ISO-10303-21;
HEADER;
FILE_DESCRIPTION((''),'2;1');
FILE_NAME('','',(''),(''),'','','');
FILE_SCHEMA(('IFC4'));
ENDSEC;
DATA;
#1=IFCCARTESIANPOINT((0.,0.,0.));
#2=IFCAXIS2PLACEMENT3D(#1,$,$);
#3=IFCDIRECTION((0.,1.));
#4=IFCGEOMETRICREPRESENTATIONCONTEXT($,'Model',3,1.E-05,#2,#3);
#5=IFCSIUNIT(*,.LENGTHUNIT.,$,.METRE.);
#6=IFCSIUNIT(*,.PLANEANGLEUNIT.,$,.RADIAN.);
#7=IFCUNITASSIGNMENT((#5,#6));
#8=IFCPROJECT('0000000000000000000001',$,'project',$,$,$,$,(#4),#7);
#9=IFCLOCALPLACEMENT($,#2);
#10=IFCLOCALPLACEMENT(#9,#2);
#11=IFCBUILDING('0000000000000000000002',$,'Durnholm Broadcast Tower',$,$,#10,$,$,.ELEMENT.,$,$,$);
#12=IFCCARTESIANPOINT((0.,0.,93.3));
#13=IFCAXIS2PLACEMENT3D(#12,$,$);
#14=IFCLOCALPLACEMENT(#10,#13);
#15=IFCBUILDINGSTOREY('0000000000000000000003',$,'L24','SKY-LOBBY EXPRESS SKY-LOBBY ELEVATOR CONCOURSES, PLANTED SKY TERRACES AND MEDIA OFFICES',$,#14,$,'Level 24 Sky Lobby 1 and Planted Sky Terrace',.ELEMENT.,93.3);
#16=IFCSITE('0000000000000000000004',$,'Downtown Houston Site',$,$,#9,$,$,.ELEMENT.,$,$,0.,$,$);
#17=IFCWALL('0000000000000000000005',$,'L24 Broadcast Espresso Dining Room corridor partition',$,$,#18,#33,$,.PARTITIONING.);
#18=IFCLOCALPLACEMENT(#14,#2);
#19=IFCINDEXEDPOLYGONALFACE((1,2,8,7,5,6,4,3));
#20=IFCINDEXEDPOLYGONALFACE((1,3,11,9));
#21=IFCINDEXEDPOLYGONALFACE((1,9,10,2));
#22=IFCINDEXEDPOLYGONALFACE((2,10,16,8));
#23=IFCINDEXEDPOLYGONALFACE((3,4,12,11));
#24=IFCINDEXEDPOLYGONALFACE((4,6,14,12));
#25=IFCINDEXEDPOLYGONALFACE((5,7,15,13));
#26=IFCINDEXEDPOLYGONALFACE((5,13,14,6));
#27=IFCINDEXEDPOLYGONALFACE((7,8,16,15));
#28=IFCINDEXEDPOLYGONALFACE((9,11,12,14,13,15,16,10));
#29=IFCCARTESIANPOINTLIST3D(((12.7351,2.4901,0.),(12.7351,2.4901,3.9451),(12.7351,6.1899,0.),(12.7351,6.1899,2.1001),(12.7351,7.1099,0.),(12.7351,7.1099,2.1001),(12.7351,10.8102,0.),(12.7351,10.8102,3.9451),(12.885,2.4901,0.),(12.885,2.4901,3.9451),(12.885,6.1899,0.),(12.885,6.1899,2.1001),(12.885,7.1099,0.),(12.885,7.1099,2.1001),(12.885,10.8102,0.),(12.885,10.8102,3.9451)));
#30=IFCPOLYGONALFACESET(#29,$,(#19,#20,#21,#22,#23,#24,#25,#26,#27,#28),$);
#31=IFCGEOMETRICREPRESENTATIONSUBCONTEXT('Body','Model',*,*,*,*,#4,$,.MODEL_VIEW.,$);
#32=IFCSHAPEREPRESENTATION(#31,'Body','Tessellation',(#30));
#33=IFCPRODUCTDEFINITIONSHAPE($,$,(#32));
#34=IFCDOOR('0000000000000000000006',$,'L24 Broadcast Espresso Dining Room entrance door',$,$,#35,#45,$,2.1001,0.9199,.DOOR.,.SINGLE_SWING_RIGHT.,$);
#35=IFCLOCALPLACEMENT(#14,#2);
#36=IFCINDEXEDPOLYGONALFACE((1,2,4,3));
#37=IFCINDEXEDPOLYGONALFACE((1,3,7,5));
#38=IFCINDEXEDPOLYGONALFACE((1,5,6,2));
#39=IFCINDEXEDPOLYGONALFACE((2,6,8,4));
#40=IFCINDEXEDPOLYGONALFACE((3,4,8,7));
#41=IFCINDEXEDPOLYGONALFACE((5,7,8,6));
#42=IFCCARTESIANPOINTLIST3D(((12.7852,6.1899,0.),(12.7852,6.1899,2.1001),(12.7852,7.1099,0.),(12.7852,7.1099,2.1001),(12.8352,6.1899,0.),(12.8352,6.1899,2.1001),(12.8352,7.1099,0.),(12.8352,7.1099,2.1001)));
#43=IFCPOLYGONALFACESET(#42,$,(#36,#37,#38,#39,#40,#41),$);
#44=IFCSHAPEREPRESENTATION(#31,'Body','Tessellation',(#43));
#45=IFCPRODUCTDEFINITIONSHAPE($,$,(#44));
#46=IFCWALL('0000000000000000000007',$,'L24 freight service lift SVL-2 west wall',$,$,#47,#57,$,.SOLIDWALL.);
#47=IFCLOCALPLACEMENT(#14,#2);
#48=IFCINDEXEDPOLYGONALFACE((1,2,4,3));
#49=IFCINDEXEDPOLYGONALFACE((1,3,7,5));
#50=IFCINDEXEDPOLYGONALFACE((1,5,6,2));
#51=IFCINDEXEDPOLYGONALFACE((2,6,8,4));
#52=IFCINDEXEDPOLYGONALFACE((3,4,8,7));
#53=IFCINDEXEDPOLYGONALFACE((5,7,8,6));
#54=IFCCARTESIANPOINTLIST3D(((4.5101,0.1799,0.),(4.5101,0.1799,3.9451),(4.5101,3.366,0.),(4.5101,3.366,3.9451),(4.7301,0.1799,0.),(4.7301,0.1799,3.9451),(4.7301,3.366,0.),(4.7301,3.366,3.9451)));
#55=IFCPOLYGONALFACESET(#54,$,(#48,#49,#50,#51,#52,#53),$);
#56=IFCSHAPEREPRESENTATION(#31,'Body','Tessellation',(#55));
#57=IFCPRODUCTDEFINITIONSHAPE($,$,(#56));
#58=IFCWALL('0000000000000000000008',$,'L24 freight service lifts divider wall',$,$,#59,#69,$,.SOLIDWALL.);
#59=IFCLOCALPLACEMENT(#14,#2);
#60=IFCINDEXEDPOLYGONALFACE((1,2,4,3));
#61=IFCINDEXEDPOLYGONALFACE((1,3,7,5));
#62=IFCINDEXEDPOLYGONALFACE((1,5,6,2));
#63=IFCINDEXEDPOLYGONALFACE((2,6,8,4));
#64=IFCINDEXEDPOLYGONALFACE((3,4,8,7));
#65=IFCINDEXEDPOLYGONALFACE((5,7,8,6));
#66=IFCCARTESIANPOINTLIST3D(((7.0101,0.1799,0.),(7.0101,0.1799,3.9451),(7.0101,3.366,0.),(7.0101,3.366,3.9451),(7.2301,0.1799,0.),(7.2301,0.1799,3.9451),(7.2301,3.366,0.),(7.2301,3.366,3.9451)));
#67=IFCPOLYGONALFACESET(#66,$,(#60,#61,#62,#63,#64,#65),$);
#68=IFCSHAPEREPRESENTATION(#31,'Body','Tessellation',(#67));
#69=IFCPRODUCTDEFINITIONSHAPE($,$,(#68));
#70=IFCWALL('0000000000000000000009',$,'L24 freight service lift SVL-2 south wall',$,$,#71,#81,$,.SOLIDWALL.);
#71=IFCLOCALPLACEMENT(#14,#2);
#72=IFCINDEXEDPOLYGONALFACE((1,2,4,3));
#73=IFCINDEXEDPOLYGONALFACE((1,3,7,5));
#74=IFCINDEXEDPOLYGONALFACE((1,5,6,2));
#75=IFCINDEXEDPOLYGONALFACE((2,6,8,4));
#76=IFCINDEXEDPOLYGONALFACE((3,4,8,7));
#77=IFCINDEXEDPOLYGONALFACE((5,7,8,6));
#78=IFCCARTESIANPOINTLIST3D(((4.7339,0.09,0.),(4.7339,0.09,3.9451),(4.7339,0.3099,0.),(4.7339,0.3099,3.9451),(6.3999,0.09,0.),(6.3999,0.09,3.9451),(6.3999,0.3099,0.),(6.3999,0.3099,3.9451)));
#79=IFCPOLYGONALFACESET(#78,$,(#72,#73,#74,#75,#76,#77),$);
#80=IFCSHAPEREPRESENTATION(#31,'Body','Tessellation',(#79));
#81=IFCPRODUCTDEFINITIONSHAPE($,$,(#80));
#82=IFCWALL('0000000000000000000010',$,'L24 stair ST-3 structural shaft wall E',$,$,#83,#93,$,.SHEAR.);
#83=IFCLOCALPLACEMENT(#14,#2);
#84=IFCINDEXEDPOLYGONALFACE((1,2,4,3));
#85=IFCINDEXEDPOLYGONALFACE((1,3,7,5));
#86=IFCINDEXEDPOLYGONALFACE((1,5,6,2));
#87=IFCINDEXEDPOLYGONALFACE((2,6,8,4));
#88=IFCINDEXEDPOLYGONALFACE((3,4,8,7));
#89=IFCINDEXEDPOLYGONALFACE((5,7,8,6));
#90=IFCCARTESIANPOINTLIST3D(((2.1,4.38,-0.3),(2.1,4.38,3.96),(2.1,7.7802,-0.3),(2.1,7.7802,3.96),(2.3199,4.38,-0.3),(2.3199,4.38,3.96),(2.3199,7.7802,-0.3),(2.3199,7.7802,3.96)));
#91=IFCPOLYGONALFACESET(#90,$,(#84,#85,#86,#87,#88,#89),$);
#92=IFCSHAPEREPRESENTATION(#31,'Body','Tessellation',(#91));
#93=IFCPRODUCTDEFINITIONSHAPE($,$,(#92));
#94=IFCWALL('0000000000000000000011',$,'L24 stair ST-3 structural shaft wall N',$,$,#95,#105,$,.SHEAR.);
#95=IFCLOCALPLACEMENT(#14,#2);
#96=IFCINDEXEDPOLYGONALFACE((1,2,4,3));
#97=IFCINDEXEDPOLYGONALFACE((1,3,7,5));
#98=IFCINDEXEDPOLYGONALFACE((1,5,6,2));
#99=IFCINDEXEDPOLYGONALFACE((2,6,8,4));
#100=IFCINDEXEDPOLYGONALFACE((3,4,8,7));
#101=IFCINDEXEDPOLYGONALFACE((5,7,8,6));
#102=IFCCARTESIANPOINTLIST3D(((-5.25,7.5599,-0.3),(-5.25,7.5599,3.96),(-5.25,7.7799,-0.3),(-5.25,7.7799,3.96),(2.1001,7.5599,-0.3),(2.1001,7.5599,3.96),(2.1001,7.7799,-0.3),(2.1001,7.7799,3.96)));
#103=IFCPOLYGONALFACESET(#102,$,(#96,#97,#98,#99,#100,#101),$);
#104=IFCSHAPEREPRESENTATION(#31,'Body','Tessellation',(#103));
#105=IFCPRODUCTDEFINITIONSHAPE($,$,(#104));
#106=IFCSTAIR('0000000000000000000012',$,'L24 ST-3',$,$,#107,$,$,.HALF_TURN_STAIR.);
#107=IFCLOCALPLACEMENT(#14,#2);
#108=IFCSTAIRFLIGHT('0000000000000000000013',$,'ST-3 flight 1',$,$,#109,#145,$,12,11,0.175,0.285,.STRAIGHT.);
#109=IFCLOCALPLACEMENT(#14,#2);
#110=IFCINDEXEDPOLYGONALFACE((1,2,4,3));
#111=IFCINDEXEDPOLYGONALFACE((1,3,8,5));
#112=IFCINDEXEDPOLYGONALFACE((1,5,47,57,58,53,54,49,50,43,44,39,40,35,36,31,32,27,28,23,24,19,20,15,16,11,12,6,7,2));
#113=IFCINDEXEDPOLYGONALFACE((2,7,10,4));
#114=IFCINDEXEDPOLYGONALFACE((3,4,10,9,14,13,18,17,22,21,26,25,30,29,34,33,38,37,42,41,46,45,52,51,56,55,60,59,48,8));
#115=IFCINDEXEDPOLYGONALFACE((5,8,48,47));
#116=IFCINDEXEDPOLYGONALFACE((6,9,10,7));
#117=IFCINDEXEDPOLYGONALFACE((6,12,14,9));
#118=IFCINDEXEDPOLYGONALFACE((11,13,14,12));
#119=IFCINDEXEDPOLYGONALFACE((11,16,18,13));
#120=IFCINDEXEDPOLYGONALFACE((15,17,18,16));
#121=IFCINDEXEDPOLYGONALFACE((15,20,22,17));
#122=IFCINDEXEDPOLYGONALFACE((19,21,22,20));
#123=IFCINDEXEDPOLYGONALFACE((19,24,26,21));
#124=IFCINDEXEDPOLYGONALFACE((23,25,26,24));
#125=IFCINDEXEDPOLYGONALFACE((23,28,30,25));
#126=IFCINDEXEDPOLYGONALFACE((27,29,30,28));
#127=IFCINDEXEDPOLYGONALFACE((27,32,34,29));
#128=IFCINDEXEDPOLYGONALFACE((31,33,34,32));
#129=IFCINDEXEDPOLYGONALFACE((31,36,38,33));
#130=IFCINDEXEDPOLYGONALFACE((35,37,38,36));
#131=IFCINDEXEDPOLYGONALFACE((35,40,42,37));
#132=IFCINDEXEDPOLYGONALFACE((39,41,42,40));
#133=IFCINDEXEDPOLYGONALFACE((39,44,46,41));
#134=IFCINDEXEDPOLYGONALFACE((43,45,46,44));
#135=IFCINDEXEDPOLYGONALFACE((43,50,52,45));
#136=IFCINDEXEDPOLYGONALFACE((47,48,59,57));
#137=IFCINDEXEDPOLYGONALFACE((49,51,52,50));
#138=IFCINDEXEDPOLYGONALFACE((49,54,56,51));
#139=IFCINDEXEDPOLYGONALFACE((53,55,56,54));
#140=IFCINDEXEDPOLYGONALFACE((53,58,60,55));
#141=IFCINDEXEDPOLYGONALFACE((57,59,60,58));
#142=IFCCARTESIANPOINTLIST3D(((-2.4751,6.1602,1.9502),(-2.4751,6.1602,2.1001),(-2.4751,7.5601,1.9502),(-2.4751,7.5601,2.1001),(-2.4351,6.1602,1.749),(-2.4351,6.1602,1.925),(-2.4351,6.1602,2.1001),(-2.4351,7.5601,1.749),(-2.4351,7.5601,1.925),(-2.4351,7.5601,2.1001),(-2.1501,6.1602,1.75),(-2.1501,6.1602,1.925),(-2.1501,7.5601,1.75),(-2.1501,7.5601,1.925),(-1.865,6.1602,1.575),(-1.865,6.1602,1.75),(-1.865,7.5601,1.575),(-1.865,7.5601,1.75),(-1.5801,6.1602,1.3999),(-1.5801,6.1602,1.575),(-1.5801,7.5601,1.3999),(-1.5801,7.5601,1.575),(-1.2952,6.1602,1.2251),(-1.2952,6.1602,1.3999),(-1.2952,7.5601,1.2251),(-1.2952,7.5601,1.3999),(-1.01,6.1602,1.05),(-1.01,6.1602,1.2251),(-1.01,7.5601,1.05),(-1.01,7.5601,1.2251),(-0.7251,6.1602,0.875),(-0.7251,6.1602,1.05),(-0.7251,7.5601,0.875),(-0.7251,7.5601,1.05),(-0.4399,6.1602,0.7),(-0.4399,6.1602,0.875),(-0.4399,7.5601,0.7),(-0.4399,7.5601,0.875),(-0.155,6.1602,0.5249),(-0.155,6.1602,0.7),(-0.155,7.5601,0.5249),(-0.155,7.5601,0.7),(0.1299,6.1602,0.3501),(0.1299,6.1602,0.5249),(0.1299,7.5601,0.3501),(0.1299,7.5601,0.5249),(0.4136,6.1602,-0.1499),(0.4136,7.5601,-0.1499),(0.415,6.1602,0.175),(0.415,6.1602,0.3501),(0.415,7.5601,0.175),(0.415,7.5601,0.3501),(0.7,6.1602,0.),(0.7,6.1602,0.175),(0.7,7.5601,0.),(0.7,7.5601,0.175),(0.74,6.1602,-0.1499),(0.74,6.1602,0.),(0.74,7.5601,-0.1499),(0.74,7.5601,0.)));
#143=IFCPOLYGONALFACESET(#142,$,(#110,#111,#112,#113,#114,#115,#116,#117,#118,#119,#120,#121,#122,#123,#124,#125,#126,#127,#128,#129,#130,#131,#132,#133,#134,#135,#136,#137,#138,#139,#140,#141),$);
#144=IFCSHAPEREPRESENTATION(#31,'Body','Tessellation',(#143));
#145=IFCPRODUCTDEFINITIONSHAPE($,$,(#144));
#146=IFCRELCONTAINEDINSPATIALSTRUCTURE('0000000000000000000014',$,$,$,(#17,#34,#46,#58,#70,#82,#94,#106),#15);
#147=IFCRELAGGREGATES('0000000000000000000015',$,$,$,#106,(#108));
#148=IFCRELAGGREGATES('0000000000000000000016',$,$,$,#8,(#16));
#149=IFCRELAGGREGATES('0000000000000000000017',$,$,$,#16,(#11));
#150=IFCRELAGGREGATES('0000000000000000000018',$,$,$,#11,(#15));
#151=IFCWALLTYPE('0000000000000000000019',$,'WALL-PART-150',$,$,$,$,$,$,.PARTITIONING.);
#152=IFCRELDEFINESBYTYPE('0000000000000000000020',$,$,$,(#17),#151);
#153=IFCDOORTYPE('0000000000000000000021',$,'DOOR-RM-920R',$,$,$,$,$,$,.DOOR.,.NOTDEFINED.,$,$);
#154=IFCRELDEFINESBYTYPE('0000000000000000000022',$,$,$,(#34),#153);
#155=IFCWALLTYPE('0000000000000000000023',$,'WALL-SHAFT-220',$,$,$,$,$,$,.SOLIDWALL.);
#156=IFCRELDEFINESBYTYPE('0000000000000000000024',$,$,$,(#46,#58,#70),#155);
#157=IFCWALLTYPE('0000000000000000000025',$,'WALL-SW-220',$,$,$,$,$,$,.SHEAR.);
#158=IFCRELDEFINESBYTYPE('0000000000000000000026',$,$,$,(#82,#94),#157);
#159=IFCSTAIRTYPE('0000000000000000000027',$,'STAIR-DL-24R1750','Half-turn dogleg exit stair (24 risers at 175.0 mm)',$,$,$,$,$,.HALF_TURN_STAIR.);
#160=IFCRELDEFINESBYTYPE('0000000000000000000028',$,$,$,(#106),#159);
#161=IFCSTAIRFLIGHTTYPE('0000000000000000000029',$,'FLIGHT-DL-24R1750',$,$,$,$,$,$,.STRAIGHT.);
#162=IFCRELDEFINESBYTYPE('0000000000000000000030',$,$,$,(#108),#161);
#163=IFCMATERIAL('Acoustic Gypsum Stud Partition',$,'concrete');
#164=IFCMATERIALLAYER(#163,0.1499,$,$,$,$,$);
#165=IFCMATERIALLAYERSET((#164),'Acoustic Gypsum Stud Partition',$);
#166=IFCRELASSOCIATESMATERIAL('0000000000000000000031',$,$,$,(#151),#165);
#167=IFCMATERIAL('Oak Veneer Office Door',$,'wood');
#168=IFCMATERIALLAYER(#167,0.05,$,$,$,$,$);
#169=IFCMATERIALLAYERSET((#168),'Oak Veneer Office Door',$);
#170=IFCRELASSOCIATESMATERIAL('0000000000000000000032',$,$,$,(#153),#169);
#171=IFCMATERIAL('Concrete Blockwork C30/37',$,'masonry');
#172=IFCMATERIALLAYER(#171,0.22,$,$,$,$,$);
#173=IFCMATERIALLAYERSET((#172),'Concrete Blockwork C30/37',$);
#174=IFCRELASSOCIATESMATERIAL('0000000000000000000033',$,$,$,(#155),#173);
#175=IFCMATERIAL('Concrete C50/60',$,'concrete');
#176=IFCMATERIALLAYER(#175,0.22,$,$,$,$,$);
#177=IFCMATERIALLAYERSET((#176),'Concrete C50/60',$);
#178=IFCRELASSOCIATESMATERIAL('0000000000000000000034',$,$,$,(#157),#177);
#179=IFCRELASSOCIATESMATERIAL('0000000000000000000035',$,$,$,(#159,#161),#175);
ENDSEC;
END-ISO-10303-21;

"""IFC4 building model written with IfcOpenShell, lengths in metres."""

from ifc_helpers import new_model, si_unit, direction, frame, frame_2d, origin, place, context, subcontext, project, spatial, polyline, rectangle, outline, extrude, source, transform, mapped, material, layer, layer_set, type_object, type_shapes, element, fill, aggregate, save


model = new_model("IFC4")

# Units and contexts
model_context = context("Model", 3, precision=1e-05, world=origin(), true_north=direction((0.0, 1.0)))
body_context = subcontext(model_context, "Body", "Model", "MODEL_VIEW")
ifc_project = project(units=[si_unit("LENGTHUNIT", "METRE"), si_unit("PLANEANGLEUNIT", "RADIAN")], contexts=[model_context])

# Site, building, storey
site_placement = place(None, origin())
site = spatial("IfcSite", under=ifc_project, at=site_placement, Name="Downtown Houston Site", CompositionType="ELEMENT", RefElevation=0.0)
building_placement = place(site_placement, origin())
building = spatial("IfcBuilding", under=site, at=building_placement, Name="Durnholm Broadcast Tower", CompositionType="ELEMENT")
storey_placement = place(building_placement, frame((0.0, 0.0, 93.3)))
storey = spatial("IfcBuildingStorey", under=building, at=storey_placement, Name="L24", Description="SKY-LOBBY EXPRESS SKY-LOBBY ELEVATOR CONCOURSES, PLANTED SKY TERRACES AND MEDIA OFFICES", LongName="Level 24 Sky Lobby 1 and Planted Sky Terrace", CompositionType="ELEMENT", Elevation=93.3)

# Wall, opening, door
ifc_material_1 = material(Name="Acoustic Gypsum Stud Partition", Category="concrete")
ifc_layer_1 = layer(ifc_material_1, 0.1499)
ifc_layer_set_1 = layer_set([ifc_layer_1], Name="Acoustic Gypsum Stud Partition")
wall_type_1 = type_object("IfcWallType", Name="WALL-PART-150", PredefinedType="PARTITIONING", material=ifc_layer_set_1)
wall_1_placement = place(storey_placement, frame((12.8101, 2.49, 0.0), z_axis=(0.0, 0.0, 1.0), x_axis=(0.0, 1.0, 0.0)))
wall_1 = element("IfcWall", 1, at=wall_1_placement, inside=storey, type_object=wall_type_1, Name="L24 Broadcast Espresso Dining Room corridor partition", PredefinedType="PARTITIONING", context=body_context, shape_type="SweptSolid", body=[
    extrude(rectangle(XDim=8.3201, YDim=0.1499, at=frame_2d((4.1602, 0.0))), origin(), (0.0, 0.0, 1.0), 3.9451),
])
opening_1_placement = place(wall_1_placement, frame((3.7, 0.0, 0.0)))
opening_1 = element("IfcOpeningElement", 2, at=opening_1_placement, cuts=wall_1, PredefinedType="OPENING", context=body_context, shape_type="SweptSolid", body=[
    extrude(rectangle(XDim=0.9199, YDim=2.1001, at=frame_2d((0.46, 1.05))), frame((0.0, 0.085, 0.0), z_axis=(0.0, -1.0, 0.0), x_axis=(1.0, 0.0, 0.0)), (0.0, 0.0, 1.0), 0.1699),
])
ifc_material_2 = material(Name="Oak Veneer Office Door", Category="wood")
ifc_layer_2 = layer(ifc_material_2, 0.05)
ifc_layer_set_2 = layer_set([ifc_layer_2], Name="Oak Veneer Office Door")
door_type_1 = type_object("IfcDoorType", Name="DOOR-RM-920R", OperationType="NOTDEFINED", PredefinedType="DOOR", material=ifc_layer_set_2)
shared_shape_1 = source(origin(), body_context, "Body", "SweptSolid", [
    extrude(rectangle(XDim=0.9199, YDim=2.1001, at=frame_2d((0.46, 1.05))), frame((0.0, 0.0249, 0.0), z_axis=(0.0, -1.0, 0.0), x_axis=(1.0, 0.0, 0.0)), (0.0, 0.0, 1.0), 0.05),
])
type_shapes(door_type_1, [shared_shape_1])
door_1_placement = place(opening_1_placement, origin())
door_1 = element("IfcDoor", 3, at=door_1_placement, inside=storey, type_object=door_type_1, Name="L24 Broadcast Espresso Dining Room entrance door", OperationType="SINGLE_SWING_RIGHT", OverallHeight=2.1001, OverallWidth=0.9199, PredefinedType="DOOR", context=body_context, shape_type="MappedRepresentation", body=[
    mapped(shared_shape_1, transform((0.0, 0.0, 0.0), x_axis=(1.0, 0.0, 0.0), y_axis=(0.0, 1.0, 0.0), z_axis=(0.0, 0.0, 1.0), scale=1.0)),
])
fill(opening_1, door_1)

# Shared definitions
ifc_material_3 = material(Name="Concrete Blockwork C30/37", Category="masonry")
ifc_layer_3 = layer(ifc_material_3, 0.22)
ifc_layer_set_3 = layer_set([ifc_layer_3], Name="Concrete Blockwork C30/37")
wall_type_2 = type_object("IfcWallType", Name="WALL-SHAFT-220", PredefinedType="SOLIDWALL", material=ifc_layer_set_3)

# Walls
for number, where, z_axis, x_axis, name in (
    (4, (4.6201, 0.1799, 0.0), (0.0, 0.0, 1.0), (0.0, 1.0, 0.0), "L24 freight service lift SVL-2 west wall"),
    (5, (7.1201, 0.1799, 0.0), (0.0, 0.0, 1.0), (0.0, 1.0, 0.0), "L24 freight service lifts divider wall"),
):
    element("IfcWall", number, at=place(storey_placement, frame(where, z_axis=z_axis, x_axis=x_axis)), inside=storey, type_object=wall_type_2, Name=name, PredefinedType="SOLIDWALL", context=body_context, shape_type="SweptSolid", body=[
        extrude(rectangle(XDim=3.186, YDim=0.22, at=frame_2d((1.593, 0.0))), origin(), (0.0, 0.0, 1.0), 3.9451),
    ])
wall_2_placement = place(storey_placement, frame((4.7339, 0.2, 0.0), z_axis=(0.0, 0.0, 1.0), x_axis=(1.0, 0.0, 0.0)))
element("IfcWall", 6, at=wall_2_placement, inside=storey, type_object=wall_type_2, Name="L24 freight service lift SVL-2 south wall", PredefinedType="SOLIDWALL", context=body_context, shape_type="SweptSolid", body=[
    extrude(rectangle(XDim=1.666, YDim=0.22, at=frame_2d((0.833, 0.0))), origin(), (0.0, 0.0, 1.0), 3.9451),
])

# Walls
ifc_material_4 = material(Name="Concrete C50/60", Category="concrete")
ifc_layer_4 = layer(ifc_material_4, 0.22)
ifc_layer_set_4 = layer_set([ifc_layer_4], Name="Concrete C50/60")
wall_type_3 = type_object("IfcWallType", Name="WALL-SW-220", PredefinedType="SHEAR", material=ifc_layer_set_4)
wall_3_placement = place(storey_placement, frame((2.21, 4.3799, -0.3), z_axis=(0.0, 0.0, 1.0), x_axis=(0.0, 1.0, 0.0)))
element("IfcWall", 7, at=wall_3_placement, inside=storey, type_object=wall_type_3, Name="L24 stair ST-3 structural shaft wall E", PredefinedType="SHEAR", context=body_context, shape_type="SweptSolid", body=[
    extrude(rectangle(XDim=3.4001, YDim=0.22, at=frame_2d((1.7002, 0.0))), origin(), (0.0, 0.0, 1.0), 4.26),
])
wall_4_placement = place(storey_placement, frame((2.1001, 7.6699, -0.3), z_axis=(0.0, 0.0, 1.0), x_axis=(-1.0, 0.0, 0.0)))
element("IfcWall", 8, at=wall_4_placement, inside=storey, type_object=wall_type_3, Name="L24 stair ST-3 structural shaft wall N", PredefinedType="SHEAR", context=body_context, shape_type="SweptSolid", body=[
    extrude(rectangle(XDim=7.3501, YDim=0.22, at=frame_2d((3.675, 0.0))), origin(), (0.0, 0.0, 1.0), 4.26),
])

# Stair, stair flight
stair_type = type_object("IfcStairType", Name="STAIR-DL-24R1750", Description="Half-turn dogleg exit stair (24 risers at 175.0 mm)", PredefinedType="HALF_TURN_STAIR", material=ifc_material_4)
stair_placement = place(storey_placement, origin())
stair = element("IfcStair", 9, at=stair_placement, inside=storey, type_object=stair_type, Name="L24 ST-3", PredefinedType="HALF_TURN_STAIR")
stair_flight_type = type_object("IfcStairFlightType", Name="FLIGHT-DL-24R1750", PredefinedType="STRAIGHT", material=ifc_material_4)
stair_flight_placement = place(storey_placement, frame((0.7, 6.8601, 0.0), z_axis=(0.0, 0.0, 1.0), x_axis=(-1.0, 0.0, 0.0)))
stair_flight = element("IfcStairFlight", 10, at=stair_flight_placement, type_object=stair_flight_type, Name="ST-3 flight 1", NumberOfRisers=12, NumberOfTreads=11, PredefinedType="STRAIGHT", RiserHeight=0.175, TreadLength=0.285, context=body_context, shape_type="SweptSolid", body=[
    extrude(outline(polyline([(-0.04, -0.1499), (-0.04, 0.0), (0.0, 0.0), (0.0, 0.175), (0.2849, 0.175), (0.2849, 0.3501), (0.5701, 0.3501), (0.5701, 0.5249), (0.855, 0.5249), (0.855, 0.7), (1.1399, 0.7), (1.1399, 0.875), (1.425, 0.875), (1.425, 1.05), (1.71, 1.05), (1.71, 1.2251), (1.9951, 1.2251), (1.9951, 1.3999), (2.28, 1.3999), (2.28, 1.575), (2.5649, 1.575), (2.5649, 1.75), (2.8501, 1.75), (2.8501, 1.925), (3.135, 1.925), (3.135, 2.1001), (3.175, 2.1001), (3.175, 1.9502), (3.135, 1.749), (0.2864, -0.1499), (-0.04, -0.1499)])), frame((0.0, 0.7, 0.0), z_axis=(0.0, -1.0, 0.0), x_axis=(1.0, 0.0, 0.0)), (0.0, 0.0, 1.0), 1.3999),
])
aggregate(stair, [stair_flight])

save(model, "model.ifc")
